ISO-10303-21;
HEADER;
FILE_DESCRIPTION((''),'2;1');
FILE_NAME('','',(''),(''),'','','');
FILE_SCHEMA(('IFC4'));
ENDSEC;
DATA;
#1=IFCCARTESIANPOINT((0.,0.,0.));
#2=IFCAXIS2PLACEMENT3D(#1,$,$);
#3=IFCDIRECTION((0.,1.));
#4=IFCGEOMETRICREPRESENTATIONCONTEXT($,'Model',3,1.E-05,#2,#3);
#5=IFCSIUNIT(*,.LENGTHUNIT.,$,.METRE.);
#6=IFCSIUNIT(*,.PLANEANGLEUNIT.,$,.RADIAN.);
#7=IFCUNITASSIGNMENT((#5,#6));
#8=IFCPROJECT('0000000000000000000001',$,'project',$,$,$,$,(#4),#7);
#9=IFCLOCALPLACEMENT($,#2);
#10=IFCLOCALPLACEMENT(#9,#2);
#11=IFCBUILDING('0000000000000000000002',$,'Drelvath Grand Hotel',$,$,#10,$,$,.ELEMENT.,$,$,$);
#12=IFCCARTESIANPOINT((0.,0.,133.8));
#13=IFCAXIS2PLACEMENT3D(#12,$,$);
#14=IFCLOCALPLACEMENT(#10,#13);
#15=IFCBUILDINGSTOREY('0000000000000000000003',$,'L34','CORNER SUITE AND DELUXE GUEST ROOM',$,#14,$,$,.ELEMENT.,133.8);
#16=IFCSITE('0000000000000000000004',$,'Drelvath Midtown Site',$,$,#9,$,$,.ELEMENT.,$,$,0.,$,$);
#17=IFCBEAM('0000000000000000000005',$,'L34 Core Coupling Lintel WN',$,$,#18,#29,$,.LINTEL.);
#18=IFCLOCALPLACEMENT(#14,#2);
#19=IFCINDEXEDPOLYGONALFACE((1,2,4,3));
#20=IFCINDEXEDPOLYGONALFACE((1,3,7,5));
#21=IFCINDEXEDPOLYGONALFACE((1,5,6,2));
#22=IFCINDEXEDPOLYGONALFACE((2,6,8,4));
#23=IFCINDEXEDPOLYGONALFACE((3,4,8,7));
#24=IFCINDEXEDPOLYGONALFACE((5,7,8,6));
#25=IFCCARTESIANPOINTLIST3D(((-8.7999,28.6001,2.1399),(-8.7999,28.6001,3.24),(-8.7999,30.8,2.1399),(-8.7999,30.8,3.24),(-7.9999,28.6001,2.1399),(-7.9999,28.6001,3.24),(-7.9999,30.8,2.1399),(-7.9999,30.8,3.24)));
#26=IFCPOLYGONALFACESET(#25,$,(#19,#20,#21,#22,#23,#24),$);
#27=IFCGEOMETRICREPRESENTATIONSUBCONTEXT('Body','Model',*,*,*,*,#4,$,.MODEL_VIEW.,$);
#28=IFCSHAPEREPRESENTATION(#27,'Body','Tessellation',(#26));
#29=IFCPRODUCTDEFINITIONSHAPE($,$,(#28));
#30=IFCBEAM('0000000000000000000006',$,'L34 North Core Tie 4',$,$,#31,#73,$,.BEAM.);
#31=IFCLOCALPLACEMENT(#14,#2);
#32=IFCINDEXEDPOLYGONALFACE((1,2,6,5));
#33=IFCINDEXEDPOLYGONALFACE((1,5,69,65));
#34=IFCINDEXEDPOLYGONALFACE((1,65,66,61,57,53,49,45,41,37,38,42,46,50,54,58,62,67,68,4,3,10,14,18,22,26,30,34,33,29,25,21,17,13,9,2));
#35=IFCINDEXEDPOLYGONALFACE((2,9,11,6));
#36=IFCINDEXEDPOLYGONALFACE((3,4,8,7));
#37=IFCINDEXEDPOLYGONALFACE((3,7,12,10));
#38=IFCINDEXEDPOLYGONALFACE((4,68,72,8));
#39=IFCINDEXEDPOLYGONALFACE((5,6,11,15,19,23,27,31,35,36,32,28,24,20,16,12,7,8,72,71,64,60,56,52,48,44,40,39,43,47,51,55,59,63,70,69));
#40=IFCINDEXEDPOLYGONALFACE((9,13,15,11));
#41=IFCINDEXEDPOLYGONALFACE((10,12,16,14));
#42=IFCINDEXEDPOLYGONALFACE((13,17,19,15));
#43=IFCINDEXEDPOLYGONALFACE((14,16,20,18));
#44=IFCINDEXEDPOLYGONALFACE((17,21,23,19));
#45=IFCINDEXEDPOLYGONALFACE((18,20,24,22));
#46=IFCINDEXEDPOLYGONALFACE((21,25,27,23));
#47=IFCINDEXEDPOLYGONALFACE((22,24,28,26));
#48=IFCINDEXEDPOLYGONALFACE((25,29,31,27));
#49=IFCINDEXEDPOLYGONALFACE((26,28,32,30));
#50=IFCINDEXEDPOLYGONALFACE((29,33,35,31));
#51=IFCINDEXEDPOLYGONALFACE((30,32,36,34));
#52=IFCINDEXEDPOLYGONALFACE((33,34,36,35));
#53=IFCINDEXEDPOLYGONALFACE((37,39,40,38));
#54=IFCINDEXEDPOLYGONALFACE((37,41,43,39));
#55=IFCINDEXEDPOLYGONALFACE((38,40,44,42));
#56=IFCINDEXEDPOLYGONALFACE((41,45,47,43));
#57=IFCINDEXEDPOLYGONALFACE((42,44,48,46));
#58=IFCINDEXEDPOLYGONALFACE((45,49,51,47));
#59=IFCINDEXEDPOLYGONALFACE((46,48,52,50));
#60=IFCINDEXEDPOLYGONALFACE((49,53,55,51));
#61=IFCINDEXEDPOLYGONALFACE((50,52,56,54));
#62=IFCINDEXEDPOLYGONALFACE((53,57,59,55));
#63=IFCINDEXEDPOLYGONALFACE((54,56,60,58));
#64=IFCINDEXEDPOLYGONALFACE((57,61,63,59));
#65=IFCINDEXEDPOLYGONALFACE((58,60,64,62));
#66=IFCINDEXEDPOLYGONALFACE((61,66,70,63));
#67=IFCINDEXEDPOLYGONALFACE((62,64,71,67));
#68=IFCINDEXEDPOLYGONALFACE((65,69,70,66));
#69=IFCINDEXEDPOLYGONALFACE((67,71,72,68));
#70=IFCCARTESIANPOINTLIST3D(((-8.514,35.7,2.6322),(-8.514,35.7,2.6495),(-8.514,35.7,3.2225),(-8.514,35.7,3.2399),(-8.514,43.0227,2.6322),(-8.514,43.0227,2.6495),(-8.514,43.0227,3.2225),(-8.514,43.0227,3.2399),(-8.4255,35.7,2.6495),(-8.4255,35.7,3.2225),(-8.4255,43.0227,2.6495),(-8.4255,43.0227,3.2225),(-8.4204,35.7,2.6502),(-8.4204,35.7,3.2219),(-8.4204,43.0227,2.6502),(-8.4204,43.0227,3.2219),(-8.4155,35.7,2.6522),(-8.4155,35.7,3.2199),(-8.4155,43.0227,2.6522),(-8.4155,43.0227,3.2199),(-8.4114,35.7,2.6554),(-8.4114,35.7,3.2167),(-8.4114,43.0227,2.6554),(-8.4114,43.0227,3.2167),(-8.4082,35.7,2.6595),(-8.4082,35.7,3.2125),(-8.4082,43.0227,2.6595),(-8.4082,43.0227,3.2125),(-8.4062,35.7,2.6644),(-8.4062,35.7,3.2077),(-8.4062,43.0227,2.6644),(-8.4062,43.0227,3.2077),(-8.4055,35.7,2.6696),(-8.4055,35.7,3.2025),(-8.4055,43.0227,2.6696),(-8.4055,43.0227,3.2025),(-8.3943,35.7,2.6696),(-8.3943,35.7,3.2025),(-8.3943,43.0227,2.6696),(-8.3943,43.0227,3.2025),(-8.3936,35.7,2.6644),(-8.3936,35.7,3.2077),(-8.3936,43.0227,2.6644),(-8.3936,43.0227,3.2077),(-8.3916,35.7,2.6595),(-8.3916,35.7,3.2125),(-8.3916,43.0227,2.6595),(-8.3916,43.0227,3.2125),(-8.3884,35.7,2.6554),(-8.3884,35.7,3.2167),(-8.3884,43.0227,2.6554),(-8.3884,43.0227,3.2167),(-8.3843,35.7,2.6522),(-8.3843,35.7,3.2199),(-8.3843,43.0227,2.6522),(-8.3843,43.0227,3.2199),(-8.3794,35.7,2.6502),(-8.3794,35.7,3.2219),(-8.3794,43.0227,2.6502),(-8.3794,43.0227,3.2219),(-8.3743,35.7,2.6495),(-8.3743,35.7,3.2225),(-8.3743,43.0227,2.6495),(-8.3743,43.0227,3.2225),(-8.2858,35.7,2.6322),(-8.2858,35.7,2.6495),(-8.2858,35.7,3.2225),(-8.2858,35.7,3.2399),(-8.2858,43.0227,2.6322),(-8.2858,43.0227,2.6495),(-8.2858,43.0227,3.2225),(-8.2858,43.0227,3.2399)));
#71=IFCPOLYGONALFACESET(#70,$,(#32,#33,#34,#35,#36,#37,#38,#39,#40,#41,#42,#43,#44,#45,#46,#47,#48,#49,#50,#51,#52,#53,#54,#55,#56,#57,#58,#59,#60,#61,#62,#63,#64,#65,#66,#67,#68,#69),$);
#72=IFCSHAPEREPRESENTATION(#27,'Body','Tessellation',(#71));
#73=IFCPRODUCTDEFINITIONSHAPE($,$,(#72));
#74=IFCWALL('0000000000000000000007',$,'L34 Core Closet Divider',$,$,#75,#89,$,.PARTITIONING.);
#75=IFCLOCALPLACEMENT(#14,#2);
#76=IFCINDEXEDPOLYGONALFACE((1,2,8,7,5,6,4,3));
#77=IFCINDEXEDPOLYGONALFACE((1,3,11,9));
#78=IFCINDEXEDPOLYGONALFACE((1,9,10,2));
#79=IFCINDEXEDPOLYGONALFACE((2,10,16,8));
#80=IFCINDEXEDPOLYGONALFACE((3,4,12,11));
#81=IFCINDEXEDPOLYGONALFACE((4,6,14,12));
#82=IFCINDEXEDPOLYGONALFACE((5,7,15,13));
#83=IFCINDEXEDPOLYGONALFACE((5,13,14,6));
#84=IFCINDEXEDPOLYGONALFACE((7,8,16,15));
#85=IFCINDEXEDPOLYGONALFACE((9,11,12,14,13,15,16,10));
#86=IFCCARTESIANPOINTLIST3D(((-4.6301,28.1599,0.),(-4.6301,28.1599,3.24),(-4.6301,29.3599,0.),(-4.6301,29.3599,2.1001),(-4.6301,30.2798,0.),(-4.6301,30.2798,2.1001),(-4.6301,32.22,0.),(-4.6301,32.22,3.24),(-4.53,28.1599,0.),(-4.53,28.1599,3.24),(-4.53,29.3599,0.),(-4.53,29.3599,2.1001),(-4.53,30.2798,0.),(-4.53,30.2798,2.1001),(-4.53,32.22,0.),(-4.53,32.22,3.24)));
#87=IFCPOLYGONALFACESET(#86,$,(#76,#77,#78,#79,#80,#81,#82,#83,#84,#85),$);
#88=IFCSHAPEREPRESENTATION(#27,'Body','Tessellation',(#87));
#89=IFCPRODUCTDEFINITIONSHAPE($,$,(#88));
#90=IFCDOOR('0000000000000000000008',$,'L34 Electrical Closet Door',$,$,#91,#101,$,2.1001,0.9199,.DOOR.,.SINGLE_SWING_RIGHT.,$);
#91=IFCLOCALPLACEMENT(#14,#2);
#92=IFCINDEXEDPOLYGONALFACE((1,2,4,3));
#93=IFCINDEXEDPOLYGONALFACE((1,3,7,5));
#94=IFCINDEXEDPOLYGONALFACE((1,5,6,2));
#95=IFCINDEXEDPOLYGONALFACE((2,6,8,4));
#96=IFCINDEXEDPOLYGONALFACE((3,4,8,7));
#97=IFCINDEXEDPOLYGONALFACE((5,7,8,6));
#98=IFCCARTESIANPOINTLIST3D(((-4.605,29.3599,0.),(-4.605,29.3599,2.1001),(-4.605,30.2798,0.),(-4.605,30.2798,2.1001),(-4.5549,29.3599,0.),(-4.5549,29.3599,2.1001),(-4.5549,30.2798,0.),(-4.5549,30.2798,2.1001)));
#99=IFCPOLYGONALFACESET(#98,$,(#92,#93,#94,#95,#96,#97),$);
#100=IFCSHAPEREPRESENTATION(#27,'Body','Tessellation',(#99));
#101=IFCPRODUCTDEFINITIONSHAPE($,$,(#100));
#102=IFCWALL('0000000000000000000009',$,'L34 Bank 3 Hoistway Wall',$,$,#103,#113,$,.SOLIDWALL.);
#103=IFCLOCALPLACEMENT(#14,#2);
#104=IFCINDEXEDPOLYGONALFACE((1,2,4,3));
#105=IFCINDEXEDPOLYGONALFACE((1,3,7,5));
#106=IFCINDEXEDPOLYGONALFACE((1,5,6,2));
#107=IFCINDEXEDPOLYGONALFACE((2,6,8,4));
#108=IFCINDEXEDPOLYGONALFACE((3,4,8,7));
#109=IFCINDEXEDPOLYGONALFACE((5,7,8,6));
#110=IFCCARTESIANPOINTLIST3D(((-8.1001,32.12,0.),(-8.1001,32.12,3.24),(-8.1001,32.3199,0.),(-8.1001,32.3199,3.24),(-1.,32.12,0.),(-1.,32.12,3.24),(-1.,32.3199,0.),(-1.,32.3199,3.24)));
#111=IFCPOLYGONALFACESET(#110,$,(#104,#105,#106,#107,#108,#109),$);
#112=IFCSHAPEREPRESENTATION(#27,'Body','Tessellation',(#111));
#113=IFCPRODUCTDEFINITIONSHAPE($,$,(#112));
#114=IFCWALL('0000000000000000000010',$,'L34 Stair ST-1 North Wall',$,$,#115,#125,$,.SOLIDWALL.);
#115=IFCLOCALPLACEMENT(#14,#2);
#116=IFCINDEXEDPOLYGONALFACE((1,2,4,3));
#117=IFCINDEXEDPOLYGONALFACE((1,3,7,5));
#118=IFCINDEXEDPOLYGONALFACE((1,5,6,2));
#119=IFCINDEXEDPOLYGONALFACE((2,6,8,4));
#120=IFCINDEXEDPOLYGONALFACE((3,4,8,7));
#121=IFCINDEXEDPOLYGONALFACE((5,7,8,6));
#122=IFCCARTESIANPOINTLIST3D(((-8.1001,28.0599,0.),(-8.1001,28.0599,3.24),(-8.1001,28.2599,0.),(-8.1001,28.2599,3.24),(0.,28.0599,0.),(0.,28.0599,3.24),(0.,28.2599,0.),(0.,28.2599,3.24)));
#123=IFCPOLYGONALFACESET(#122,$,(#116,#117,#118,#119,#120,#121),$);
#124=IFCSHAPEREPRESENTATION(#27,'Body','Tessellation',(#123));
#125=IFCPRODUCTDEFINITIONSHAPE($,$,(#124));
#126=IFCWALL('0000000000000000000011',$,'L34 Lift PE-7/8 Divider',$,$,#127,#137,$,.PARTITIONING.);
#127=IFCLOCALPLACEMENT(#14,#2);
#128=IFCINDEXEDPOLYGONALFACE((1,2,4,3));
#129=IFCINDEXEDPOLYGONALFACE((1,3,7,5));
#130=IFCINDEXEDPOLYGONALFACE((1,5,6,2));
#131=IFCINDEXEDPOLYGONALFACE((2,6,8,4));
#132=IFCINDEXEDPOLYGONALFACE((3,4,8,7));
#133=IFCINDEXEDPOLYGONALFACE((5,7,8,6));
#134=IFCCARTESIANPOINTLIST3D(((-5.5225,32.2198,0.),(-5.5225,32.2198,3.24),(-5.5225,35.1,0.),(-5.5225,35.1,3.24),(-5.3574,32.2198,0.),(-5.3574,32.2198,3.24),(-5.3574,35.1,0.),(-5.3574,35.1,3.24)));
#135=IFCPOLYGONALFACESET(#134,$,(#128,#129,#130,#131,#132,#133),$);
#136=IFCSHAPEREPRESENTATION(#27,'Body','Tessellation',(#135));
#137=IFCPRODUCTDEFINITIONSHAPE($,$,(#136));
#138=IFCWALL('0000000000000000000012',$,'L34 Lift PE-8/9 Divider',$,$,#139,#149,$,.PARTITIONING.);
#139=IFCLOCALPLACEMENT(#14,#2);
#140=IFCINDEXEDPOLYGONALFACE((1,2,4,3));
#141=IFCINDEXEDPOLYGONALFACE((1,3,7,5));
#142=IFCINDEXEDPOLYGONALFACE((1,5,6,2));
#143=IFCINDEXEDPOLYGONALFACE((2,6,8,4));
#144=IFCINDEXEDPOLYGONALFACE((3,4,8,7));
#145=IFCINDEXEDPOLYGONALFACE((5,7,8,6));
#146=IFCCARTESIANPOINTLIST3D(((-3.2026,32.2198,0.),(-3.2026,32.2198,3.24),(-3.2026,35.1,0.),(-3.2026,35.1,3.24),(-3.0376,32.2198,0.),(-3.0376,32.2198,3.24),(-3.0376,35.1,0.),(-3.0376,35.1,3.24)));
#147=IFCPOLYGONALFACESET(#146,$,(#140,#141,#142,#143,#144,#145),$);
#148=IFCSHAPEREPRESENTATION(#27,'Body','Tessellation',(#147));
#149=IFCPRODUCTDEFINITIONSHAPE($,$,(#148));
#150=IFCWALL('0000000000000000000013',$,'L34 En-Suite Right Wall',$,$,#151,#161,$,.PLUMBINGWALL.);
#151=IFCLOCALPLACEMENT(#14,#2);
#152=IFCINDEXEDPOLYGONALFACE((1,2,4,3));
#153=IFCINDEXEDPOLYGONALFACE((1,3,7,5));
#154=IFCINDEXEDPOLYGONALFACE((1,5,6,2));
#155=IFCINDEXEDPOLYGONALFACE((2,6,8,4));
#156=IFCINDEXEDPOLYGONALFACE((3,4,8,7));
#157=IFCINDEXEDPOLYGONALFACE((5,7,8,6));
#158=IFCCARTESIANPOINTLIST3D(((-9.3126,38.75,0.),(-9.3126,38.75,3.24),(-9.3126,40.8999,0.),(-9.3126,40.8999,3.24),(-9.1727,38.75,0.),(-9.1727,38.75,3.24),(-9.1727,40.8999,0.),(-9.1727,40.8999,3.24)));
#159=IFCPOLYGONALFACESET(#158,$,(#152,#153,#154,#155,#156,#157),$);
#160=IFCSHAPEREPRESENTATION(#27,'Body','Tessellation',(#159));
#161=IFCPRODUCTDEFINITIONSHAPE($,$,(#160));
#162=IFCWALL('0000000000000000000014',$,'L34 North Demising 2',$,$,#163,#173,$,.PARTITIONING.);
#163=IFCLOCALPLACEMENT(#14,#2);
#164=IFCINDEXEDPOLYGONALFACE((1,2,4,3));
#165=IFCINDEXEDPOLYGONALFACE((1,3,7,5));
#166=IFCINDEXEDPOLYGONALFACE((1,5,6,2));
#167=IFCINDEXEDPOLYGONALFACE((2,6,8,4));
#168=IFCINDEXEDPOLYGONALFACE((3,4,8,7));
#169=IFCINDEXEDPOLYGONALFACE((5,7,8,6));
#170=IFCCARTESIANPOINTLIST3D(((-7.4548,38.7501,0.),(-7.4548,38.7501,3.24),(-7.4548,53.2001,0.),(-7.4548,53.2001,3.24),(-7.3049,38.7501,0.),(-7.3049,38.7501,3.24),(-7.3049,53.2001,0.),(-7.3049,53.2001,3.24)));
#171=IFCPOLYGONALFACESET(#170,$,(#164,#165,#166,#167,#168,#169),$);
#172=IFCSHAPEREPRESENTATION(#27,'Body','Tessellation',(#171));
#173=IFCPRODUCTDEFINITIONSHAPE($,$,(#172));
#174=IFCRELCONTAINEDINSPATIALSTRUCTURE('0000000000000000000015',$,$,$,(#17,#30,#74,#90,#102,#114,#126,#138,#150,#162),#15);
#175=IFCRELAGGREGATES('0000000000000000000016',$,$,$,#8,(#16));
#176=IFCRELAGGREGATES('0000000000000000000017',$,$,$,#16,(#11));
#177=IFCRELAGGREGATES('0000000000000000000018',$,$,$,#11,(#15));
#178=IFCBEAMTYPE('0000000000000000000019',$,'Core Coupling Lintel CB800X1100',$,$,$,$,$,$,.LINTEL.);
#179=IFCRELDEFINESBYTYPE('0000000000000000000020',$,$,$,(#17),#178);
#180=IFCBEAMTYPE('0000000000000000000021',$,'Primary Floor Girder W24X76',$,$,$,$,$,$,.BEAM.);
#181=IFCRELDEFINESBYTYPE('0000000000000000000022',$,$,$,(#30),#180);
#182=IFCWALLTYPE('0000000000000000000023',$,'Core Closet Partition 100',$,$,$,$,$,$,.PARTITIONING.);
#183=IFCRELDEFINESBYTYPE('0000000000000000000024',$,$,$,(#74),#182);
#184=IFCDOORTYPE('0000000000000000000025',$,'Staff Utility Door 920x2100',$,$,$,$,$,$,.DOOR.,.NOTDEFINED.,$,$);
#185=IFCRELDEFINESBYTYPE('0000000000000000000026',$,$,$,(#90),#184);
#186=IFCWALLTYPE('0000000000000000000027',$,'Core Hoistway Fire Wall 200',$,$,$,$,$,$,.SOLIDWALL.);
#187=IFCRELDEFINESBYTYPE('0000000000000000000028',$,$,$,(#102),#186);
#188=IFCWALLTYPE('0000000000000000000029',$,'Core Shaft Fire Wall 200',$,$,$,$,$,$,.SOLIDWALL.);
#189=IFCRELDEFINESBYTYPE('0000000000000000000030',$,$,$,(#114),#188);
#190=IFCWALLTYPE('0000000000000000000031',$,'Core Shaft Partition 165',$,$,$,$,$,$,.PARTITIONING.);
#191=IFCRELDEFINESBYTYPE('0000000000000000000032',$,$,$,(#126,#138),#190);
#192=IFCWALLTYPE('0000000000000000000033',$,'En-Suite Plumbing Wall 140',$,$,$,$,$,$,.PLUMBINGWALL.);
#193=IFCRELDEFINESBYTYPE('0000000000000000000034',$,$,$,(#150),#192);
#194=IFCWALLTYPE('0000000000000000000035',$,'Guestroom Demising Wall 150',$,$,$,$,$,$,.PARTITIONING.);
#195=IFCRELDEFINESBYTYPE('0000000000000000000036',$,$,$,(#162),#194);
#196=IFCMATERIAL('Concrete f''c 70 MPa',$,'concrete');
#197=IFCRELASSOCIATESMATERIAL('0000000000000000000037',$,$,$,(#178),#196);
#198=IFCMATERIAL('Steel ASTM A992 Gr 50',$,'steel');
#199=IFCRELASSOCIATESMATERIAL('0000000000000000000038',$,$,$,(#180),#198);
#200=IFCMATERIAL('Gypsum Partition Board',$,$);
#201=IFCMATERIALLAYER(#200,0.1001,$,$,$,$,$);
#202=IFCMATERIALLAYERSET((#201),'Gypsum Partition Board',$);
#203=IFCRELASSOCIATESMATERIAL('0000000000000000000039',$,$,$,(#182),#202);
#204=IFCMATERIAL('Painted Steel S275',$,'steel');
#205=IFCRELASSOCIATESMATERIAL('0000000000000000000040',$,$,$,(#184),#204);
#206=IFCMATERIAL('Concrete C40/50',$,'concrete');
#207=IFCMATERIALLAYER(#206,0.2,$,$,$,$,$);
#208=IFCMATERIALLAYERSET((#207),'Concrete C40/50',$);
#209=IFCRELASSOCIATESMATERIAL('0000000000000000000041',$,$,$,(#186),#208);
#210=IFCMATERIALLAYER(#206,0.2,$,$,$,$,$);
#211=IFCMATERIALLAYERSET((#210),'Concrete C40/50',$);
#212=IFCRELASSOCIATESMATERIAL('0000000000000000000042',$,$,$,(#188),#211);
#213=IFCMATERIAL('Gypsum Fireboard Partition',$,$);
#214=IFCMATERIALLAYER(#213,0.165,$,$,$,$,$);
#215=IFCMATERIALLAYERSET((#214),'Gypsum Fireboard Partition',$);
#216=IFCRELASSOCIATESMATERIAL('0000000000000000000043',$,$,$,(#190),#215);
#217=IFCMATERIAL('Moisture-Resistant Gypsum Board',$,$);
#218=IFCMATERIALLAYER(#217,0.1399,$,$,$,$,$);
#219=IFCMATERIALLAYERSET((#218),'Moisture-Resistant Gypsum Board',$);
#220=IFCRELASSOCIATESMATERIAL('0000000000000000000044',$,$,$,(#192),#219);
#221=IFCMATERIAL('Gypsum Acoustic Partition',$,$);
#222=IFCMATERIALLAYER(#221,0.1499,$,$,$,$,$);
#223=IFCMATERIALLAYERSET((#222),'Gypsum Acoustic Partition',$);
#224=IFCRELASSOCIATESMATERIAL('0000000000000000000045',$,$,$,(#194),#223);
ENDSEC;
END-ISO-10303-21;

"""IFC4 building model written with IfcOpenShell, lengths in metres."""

from ifc_helpers import new_model, si_unit, direction, frame, frame_2d, origin, origin_2d, place, context, subcontext, project, spatial, rectangle, i_section, extrude, material, layer, layer_set, material_profile, profile_set, type_object, element, fill, save


model = new_model("IFC4")

# Units and contexts
model_context = context("Model", 3, precision=1e-05, world=origin(), true_north=direction((0.0, 1.0)))
body_context = subcontext(model_context, "Body", "Model", "MODEL_VIEW")
ifc_project = project(units=[si_unit("LENGTHUNIT", "METRE"), si_unit("PLANEANGLEUNIT", "RADIAN")], contexts=[model_context])

# Site, building, storey
site_placement = place(None, origin())
site = spatial("IfcSite", under=ifc_project, at=site_placement, Name="Drelvath Midtown Site", CompositionType="ELEMENT", RefElevation=0.0)
building_placement = place(site_placement, origin())
building = spatial("IfcBuilding", under=site, at=building_placement, Name="Drelvath Grand Hotel", CompositionType="ELEMENT")
storey_placement = place(building_placement, frame((0.0, 0.0, 133.8)))
storey = spatial("IfcBuildingStorey", under=building, at=storey_placement, Name="L34", Description="CORNER SUITE AND DELUXE GUEST ROOM", CompositionType="ELEMENT", Elevation=133.8)

# Beams
ifc_material_1 = material(Name="Concrete f'c 70 MPa", Category="concrete")
ifc_material_profile_1 = material_profile(ifc_material_1, rectangle(XDim=0.8, YDim=1.1001, at=origin_2d()), Name="CB800X1100")
ifc_profile_set_1 = profile_set([ifc_material_profile_1], Name="Concrete f'c 70 MPa")
beam_type_1 = type_object("IfcBeamType", Name="Core Coupling Lintel CB800X1100", PredefinedType="LINTEL", material=ifc_profile_set_1)
beam_1_placement = place(storey_placement, frame((-8.3999, 28.6001, 2.6899), z_axis=(0.0, 1.0, 0.0), x_axis=(-1.0, 0.0, 0.0)))
element("IfcBeam", 1, at=beam_1_placement, inside=storey, type_object=beam_type_1, Name="L34 Core Coupling Lintel WN", PredefinedType="LINTEL", context=body_context, shape_type="SweptSolid", body=[
    extrude(rectangle(XDim=0.8, YDim=1.1001, at=origin_2d()), origin(), (0.0, 0.0, 1.0), 2.2),
])
ifc_material_2 = material(Name="Steel ASTM A992 Gr 50", Category="steel")
ifc_material_profile_2 = material_profile(ifc_material_2, i_section(OverallWidth=0.2283, OverallDepth=0.6077, WebThickness=0.0112, FlangeThickness=0.0173, FilletRadius=0.02, at=origin_2d()), Name="W24X76")
ifc_profile_set_2 = profile_set([ifc_material_profile_2], Name="Steel ASTM A992 Gr 50")
beam_type_2 = type_object("IfcBeamType", Name="Primary Floor Girder W24X76", PredefinedType="BEAM", material=ifc_profile_set_2)
beam_2_placement = place(storey_placement, frame((-8.3999, 35.7, 2.936), z_axis=(0.0, 1.0, 0.0), x_axis=(-1.0, 0.0, 0.0)))
element("IfcBeam", 2, at=beam_2_placement, inside=storey, type_object=beam_type_2, Name="L34 North Core Tie 4", PredefinedType="BEAM", context=body_context, shape_type="SweptSolid", body=[
    extrude(i_section(OverallWidth=0.2283, OverallDepth=0.6077, WebThickness=0.0112, FlangeThickness=0.0173, FilletRadius=0.02, at=origin_2d()), origin(), (0.0, 0.0, 1.0), 7.3228),
])

# Wall, opening, door
ifc_material_3 = material(Name="Gypsum Partition Board")
ifc_layer_1 = layer(ifc_material_3, 0.1001)
ifc_layer_set_1 = layer_set([ifc_layer_1], Name="Gypsum Partition Board")
wall_type_1 = type_object("IfcWallType", Name="Core Closet Partition 100", PredefinedType="PARTITIONING", material=ifc_layer_set_1)
wall_1_placement = place(storey_placement, frame((-4.5801, 28.1599, 0.0), z_axis=(0.0, 0.0, 1.0), x_axis=(0.0, 1.0, 0.0)))
wall_1 = element("IfcWall", 3, at=wall_1_placement, inside=storey, type_object=wall_type_1, Name="L34 Core Closet Divider", PredefinedType="PARTITIONING", context=body_context, shape_type="SweptSolid", body=[
    extrude(rectangle(XDim=4.0601, YDim=0.1001, at=frame_2d((2.03, 0.0))), origin(), (0.0, 0.0, 1.0), 3.24),
])
opening_placement = place(wall_1_placement, frame((1.2, 0.0, 0.0)))
opening = element("IfcOpeningElement", 4, at=opening_placement, cuts=wall_1, PredefinedType="OPENING", context=body_context, shape_type="SweptSolid", body=[
    extrude(rectangle(XDim=0.9199, YDim=2.1001, at=frame_2d((0.46, 1.05))), frame((0.0, 0.0601, 0.0), z_axis=(0.0, -1.0, 0.0), x_axis=(1.0, 0.0, 0.0)), (0.0, 0.0, 1.0), 0.1201),
])
ifc_material_4 = material(Name="Painted Steel S275", Category="steel")
door_type = type_object("IfcDoorType", Name="Staff Utility Door 920x2100", OperationType="NOTDEFINED", PredefinedType="DOOR", material=ifc_material_4)
door_placement = place(opening_placement, origin())
door = element("IfcDoor", 5, at=door_placement, inside=storey, type_object=door_type, Name="L34 Electrical Closet Door", OperationType="SINGLE_SWING_RIGHT", OverallHeight=2.1001, OverallWidth=0.9199, PredefinedType="DOOR", context=body_context, shape_type="SweptSolid", body=[
    extrude(rectangle(XDim=0.9199, YDim=2.1001, at=frame_2d((0.46, 1.05))), frame((0.0, 0.0249, 0.0), z_axis=(0.0, -1.0, 0.0), x_axis=(1.0, 0.0, 0.0)), (0.0, 0.0, 1.0), 0.05),
])
fill(opening, door)

# Walls
ifc_material_5 = material(Name="Concrete C40/50", Category="concrete")
ifc_layer_2 = layer(ifc_material_5, 0.2)
ifc_layer_set_2 = layer_set([ifc_layer_2], Name="Concrete C40/50")
wall_type_2 = type_object("IfcWallType", Name="Core Hoistway Fire Wall 200", PredefinedType="SOLIDWALL", material=ifc_layer_set_2)
wall_2_placement = place(storey_placement, frame((-8.1001, 32.22, 0.0), z_axis=(0.0, 0.0, 1.0), x_axis=(1.0, 0.0, 0.0)))
element("IfcWall", 6, at=wall_2_placement, inside=storey, type_object=wall_type_2, Name="L34 Bank 3 Hoistway Wall", PredefinedType="SOLIDWALL", context=body_context, shape_type="SweptSolid", body=[
    extrude(rectangle(XDim=7.1001, YDim=0.2, at=frame_2d((3.55, 0.0))), origin(), (0.0, 0.0, 1.0), 3.24),
])
ifc_layer_3 = layer(ifc_material_5, 0.2)
ifc_layer_set_3 = layer_set([ifc_layer_3], Name="Concrete C40/50")
wall_type_3 = type_object("IfcWallType", Name="Core Shaft Fire Wall 200", PredefinedType="SOLIDWALL", material=ifc_layer_set_3)
wall_3_placement = place(storey_placement, frame((-8.1001, 28.1599, 0.0), z_axis=(0.0, 0.0, 1.0), x_axis=(1.0, 0.0, 0.0)))
element("IfcWall", 7, at=wall_3_placement, inside=storey, type_object=wall_type_3, Name="L34 Stair ST-1 North Wall", PredefinedType="SOLIDWALL", context=body_context, shape_type="SweptSolid", body=[
    extrude(rectangle(XDim=8.1001, YDim=0.2, at=frame_2d((4.05, 0.0))), origin(), (0.0, 0.0, 1.0), 3.24),
])
ifc_material_6 = material(Name="Gypsum Fireboard Partition")
ifc_layer_4 = layer(ifc_material_6, 0.165)
ifc_layer_set_4 = layer_set([ifc_layer_4], Name="Gypsum Fireboard Partition")
wall_type_4 = type_object("IfcWallType", Name="Core Shaft Partition 165", PredefinedType="PARTITIONING", material=ifc_layer_set_4)
for number, where, z_axis, x_axis, name in (
    (8, (-5.4399, 32.22, 0.0), (0.0, 0.0, 1.0), (0.0, 1.0, 0.0), "L34 Lift PE-7/8 Divider"),
    (9, (-3.1201, 32.22, 0.0), (0.0, 0.0, 1.0), (0.0, 1.0, 0.0), "L34 Lift PE-8/9 Divider"),
):
    element("IfcWall", number, at=place(storey_placement, frame(where, z_axis=z_axis, x_axis=x_axis)), inside=storey, type_object=wall_type_4, Name=name, PredefinedType="PARTITIONING", context=body_context, shape_type="SweptSolid", body=[
        extrude(rectangle(XDim=2.8801, YDim=0.165, at=frame_2d((1.4399, 0.0))), origin(), (0.0, 0.0, 1.0), 3.24),
    ])
ifc_material_7 = material(Name="Moisture-Resistant Gypsum Board")
ifc_layer_5 = layer(ifc_material_7, 0.1399)
ifc_layer_set_5 = layer_set([ifc_layer_5], Name="Moisture-Resistant Gypsum Board")
wall_type_5 = type_object("IfcWallType", Name="En-Suite Plumbing Wall 140", PredefinedType="PLUMBINGWALL", material=ifc_layer_set_5)
wall_4_placement = place(storey_placement, frame((-9.2427, 38.75, 0.0), z_axis=(0.0, 0.0, 1.0), x_axis=(0.0, 1.0, 0.0)))
element("IfcWall", 10, at=wall_4_placement, inside=storey, type_object=wall_type_5, Name="L34 En-Suite Right Wall", PredefinedType="PLUMBINGWALL", context=body_context, shape_type="SweptSolid", body=[
    extrude(rectangle(XDim=2.1499, YDim=0.1399, at=frame_2d((1.075, 0.0))), origin(), (0.0, 0.0, 1.0), 3.24),
])
ifc_material_8 = material(Name="Gypsum Acoustic Partition")
ifc_layer_6 = layer(ifc_material_8, 0.1499)
ifc_layer_set_6 = layer_set([ifc_layer_6], Name="Gypsum Acoustic Partition")
wall_type_6 = type_object("IfcWallType", Name="Guestroom Demising Wall 150", PredefinedType="PARTITIONING", material=ifc_layer_set_6)
wall_5_placement = place(storey_placement, frame((-7.3799, 38.75, 0.0), z_axis=(0.0, 0.0, 1.0), x_axis=(0.0, 1.0, 0.0)))
element("IfcWall", 11, at=wall_5_placement, inside=storey, type_object=wall_type_6, Name="L34 North Demising 2", PredefinedType="PARTITIONING", context=body_context, shape_type="SweptSolid", body=[
    extrude(rectangle(XDim=14.45, YDim=0.1499, at=frame_2d((7.2251, 0.0))), origin(), (0.0, 0.0, 1.0), 3.24),
])

save(model, "model.ifc")
